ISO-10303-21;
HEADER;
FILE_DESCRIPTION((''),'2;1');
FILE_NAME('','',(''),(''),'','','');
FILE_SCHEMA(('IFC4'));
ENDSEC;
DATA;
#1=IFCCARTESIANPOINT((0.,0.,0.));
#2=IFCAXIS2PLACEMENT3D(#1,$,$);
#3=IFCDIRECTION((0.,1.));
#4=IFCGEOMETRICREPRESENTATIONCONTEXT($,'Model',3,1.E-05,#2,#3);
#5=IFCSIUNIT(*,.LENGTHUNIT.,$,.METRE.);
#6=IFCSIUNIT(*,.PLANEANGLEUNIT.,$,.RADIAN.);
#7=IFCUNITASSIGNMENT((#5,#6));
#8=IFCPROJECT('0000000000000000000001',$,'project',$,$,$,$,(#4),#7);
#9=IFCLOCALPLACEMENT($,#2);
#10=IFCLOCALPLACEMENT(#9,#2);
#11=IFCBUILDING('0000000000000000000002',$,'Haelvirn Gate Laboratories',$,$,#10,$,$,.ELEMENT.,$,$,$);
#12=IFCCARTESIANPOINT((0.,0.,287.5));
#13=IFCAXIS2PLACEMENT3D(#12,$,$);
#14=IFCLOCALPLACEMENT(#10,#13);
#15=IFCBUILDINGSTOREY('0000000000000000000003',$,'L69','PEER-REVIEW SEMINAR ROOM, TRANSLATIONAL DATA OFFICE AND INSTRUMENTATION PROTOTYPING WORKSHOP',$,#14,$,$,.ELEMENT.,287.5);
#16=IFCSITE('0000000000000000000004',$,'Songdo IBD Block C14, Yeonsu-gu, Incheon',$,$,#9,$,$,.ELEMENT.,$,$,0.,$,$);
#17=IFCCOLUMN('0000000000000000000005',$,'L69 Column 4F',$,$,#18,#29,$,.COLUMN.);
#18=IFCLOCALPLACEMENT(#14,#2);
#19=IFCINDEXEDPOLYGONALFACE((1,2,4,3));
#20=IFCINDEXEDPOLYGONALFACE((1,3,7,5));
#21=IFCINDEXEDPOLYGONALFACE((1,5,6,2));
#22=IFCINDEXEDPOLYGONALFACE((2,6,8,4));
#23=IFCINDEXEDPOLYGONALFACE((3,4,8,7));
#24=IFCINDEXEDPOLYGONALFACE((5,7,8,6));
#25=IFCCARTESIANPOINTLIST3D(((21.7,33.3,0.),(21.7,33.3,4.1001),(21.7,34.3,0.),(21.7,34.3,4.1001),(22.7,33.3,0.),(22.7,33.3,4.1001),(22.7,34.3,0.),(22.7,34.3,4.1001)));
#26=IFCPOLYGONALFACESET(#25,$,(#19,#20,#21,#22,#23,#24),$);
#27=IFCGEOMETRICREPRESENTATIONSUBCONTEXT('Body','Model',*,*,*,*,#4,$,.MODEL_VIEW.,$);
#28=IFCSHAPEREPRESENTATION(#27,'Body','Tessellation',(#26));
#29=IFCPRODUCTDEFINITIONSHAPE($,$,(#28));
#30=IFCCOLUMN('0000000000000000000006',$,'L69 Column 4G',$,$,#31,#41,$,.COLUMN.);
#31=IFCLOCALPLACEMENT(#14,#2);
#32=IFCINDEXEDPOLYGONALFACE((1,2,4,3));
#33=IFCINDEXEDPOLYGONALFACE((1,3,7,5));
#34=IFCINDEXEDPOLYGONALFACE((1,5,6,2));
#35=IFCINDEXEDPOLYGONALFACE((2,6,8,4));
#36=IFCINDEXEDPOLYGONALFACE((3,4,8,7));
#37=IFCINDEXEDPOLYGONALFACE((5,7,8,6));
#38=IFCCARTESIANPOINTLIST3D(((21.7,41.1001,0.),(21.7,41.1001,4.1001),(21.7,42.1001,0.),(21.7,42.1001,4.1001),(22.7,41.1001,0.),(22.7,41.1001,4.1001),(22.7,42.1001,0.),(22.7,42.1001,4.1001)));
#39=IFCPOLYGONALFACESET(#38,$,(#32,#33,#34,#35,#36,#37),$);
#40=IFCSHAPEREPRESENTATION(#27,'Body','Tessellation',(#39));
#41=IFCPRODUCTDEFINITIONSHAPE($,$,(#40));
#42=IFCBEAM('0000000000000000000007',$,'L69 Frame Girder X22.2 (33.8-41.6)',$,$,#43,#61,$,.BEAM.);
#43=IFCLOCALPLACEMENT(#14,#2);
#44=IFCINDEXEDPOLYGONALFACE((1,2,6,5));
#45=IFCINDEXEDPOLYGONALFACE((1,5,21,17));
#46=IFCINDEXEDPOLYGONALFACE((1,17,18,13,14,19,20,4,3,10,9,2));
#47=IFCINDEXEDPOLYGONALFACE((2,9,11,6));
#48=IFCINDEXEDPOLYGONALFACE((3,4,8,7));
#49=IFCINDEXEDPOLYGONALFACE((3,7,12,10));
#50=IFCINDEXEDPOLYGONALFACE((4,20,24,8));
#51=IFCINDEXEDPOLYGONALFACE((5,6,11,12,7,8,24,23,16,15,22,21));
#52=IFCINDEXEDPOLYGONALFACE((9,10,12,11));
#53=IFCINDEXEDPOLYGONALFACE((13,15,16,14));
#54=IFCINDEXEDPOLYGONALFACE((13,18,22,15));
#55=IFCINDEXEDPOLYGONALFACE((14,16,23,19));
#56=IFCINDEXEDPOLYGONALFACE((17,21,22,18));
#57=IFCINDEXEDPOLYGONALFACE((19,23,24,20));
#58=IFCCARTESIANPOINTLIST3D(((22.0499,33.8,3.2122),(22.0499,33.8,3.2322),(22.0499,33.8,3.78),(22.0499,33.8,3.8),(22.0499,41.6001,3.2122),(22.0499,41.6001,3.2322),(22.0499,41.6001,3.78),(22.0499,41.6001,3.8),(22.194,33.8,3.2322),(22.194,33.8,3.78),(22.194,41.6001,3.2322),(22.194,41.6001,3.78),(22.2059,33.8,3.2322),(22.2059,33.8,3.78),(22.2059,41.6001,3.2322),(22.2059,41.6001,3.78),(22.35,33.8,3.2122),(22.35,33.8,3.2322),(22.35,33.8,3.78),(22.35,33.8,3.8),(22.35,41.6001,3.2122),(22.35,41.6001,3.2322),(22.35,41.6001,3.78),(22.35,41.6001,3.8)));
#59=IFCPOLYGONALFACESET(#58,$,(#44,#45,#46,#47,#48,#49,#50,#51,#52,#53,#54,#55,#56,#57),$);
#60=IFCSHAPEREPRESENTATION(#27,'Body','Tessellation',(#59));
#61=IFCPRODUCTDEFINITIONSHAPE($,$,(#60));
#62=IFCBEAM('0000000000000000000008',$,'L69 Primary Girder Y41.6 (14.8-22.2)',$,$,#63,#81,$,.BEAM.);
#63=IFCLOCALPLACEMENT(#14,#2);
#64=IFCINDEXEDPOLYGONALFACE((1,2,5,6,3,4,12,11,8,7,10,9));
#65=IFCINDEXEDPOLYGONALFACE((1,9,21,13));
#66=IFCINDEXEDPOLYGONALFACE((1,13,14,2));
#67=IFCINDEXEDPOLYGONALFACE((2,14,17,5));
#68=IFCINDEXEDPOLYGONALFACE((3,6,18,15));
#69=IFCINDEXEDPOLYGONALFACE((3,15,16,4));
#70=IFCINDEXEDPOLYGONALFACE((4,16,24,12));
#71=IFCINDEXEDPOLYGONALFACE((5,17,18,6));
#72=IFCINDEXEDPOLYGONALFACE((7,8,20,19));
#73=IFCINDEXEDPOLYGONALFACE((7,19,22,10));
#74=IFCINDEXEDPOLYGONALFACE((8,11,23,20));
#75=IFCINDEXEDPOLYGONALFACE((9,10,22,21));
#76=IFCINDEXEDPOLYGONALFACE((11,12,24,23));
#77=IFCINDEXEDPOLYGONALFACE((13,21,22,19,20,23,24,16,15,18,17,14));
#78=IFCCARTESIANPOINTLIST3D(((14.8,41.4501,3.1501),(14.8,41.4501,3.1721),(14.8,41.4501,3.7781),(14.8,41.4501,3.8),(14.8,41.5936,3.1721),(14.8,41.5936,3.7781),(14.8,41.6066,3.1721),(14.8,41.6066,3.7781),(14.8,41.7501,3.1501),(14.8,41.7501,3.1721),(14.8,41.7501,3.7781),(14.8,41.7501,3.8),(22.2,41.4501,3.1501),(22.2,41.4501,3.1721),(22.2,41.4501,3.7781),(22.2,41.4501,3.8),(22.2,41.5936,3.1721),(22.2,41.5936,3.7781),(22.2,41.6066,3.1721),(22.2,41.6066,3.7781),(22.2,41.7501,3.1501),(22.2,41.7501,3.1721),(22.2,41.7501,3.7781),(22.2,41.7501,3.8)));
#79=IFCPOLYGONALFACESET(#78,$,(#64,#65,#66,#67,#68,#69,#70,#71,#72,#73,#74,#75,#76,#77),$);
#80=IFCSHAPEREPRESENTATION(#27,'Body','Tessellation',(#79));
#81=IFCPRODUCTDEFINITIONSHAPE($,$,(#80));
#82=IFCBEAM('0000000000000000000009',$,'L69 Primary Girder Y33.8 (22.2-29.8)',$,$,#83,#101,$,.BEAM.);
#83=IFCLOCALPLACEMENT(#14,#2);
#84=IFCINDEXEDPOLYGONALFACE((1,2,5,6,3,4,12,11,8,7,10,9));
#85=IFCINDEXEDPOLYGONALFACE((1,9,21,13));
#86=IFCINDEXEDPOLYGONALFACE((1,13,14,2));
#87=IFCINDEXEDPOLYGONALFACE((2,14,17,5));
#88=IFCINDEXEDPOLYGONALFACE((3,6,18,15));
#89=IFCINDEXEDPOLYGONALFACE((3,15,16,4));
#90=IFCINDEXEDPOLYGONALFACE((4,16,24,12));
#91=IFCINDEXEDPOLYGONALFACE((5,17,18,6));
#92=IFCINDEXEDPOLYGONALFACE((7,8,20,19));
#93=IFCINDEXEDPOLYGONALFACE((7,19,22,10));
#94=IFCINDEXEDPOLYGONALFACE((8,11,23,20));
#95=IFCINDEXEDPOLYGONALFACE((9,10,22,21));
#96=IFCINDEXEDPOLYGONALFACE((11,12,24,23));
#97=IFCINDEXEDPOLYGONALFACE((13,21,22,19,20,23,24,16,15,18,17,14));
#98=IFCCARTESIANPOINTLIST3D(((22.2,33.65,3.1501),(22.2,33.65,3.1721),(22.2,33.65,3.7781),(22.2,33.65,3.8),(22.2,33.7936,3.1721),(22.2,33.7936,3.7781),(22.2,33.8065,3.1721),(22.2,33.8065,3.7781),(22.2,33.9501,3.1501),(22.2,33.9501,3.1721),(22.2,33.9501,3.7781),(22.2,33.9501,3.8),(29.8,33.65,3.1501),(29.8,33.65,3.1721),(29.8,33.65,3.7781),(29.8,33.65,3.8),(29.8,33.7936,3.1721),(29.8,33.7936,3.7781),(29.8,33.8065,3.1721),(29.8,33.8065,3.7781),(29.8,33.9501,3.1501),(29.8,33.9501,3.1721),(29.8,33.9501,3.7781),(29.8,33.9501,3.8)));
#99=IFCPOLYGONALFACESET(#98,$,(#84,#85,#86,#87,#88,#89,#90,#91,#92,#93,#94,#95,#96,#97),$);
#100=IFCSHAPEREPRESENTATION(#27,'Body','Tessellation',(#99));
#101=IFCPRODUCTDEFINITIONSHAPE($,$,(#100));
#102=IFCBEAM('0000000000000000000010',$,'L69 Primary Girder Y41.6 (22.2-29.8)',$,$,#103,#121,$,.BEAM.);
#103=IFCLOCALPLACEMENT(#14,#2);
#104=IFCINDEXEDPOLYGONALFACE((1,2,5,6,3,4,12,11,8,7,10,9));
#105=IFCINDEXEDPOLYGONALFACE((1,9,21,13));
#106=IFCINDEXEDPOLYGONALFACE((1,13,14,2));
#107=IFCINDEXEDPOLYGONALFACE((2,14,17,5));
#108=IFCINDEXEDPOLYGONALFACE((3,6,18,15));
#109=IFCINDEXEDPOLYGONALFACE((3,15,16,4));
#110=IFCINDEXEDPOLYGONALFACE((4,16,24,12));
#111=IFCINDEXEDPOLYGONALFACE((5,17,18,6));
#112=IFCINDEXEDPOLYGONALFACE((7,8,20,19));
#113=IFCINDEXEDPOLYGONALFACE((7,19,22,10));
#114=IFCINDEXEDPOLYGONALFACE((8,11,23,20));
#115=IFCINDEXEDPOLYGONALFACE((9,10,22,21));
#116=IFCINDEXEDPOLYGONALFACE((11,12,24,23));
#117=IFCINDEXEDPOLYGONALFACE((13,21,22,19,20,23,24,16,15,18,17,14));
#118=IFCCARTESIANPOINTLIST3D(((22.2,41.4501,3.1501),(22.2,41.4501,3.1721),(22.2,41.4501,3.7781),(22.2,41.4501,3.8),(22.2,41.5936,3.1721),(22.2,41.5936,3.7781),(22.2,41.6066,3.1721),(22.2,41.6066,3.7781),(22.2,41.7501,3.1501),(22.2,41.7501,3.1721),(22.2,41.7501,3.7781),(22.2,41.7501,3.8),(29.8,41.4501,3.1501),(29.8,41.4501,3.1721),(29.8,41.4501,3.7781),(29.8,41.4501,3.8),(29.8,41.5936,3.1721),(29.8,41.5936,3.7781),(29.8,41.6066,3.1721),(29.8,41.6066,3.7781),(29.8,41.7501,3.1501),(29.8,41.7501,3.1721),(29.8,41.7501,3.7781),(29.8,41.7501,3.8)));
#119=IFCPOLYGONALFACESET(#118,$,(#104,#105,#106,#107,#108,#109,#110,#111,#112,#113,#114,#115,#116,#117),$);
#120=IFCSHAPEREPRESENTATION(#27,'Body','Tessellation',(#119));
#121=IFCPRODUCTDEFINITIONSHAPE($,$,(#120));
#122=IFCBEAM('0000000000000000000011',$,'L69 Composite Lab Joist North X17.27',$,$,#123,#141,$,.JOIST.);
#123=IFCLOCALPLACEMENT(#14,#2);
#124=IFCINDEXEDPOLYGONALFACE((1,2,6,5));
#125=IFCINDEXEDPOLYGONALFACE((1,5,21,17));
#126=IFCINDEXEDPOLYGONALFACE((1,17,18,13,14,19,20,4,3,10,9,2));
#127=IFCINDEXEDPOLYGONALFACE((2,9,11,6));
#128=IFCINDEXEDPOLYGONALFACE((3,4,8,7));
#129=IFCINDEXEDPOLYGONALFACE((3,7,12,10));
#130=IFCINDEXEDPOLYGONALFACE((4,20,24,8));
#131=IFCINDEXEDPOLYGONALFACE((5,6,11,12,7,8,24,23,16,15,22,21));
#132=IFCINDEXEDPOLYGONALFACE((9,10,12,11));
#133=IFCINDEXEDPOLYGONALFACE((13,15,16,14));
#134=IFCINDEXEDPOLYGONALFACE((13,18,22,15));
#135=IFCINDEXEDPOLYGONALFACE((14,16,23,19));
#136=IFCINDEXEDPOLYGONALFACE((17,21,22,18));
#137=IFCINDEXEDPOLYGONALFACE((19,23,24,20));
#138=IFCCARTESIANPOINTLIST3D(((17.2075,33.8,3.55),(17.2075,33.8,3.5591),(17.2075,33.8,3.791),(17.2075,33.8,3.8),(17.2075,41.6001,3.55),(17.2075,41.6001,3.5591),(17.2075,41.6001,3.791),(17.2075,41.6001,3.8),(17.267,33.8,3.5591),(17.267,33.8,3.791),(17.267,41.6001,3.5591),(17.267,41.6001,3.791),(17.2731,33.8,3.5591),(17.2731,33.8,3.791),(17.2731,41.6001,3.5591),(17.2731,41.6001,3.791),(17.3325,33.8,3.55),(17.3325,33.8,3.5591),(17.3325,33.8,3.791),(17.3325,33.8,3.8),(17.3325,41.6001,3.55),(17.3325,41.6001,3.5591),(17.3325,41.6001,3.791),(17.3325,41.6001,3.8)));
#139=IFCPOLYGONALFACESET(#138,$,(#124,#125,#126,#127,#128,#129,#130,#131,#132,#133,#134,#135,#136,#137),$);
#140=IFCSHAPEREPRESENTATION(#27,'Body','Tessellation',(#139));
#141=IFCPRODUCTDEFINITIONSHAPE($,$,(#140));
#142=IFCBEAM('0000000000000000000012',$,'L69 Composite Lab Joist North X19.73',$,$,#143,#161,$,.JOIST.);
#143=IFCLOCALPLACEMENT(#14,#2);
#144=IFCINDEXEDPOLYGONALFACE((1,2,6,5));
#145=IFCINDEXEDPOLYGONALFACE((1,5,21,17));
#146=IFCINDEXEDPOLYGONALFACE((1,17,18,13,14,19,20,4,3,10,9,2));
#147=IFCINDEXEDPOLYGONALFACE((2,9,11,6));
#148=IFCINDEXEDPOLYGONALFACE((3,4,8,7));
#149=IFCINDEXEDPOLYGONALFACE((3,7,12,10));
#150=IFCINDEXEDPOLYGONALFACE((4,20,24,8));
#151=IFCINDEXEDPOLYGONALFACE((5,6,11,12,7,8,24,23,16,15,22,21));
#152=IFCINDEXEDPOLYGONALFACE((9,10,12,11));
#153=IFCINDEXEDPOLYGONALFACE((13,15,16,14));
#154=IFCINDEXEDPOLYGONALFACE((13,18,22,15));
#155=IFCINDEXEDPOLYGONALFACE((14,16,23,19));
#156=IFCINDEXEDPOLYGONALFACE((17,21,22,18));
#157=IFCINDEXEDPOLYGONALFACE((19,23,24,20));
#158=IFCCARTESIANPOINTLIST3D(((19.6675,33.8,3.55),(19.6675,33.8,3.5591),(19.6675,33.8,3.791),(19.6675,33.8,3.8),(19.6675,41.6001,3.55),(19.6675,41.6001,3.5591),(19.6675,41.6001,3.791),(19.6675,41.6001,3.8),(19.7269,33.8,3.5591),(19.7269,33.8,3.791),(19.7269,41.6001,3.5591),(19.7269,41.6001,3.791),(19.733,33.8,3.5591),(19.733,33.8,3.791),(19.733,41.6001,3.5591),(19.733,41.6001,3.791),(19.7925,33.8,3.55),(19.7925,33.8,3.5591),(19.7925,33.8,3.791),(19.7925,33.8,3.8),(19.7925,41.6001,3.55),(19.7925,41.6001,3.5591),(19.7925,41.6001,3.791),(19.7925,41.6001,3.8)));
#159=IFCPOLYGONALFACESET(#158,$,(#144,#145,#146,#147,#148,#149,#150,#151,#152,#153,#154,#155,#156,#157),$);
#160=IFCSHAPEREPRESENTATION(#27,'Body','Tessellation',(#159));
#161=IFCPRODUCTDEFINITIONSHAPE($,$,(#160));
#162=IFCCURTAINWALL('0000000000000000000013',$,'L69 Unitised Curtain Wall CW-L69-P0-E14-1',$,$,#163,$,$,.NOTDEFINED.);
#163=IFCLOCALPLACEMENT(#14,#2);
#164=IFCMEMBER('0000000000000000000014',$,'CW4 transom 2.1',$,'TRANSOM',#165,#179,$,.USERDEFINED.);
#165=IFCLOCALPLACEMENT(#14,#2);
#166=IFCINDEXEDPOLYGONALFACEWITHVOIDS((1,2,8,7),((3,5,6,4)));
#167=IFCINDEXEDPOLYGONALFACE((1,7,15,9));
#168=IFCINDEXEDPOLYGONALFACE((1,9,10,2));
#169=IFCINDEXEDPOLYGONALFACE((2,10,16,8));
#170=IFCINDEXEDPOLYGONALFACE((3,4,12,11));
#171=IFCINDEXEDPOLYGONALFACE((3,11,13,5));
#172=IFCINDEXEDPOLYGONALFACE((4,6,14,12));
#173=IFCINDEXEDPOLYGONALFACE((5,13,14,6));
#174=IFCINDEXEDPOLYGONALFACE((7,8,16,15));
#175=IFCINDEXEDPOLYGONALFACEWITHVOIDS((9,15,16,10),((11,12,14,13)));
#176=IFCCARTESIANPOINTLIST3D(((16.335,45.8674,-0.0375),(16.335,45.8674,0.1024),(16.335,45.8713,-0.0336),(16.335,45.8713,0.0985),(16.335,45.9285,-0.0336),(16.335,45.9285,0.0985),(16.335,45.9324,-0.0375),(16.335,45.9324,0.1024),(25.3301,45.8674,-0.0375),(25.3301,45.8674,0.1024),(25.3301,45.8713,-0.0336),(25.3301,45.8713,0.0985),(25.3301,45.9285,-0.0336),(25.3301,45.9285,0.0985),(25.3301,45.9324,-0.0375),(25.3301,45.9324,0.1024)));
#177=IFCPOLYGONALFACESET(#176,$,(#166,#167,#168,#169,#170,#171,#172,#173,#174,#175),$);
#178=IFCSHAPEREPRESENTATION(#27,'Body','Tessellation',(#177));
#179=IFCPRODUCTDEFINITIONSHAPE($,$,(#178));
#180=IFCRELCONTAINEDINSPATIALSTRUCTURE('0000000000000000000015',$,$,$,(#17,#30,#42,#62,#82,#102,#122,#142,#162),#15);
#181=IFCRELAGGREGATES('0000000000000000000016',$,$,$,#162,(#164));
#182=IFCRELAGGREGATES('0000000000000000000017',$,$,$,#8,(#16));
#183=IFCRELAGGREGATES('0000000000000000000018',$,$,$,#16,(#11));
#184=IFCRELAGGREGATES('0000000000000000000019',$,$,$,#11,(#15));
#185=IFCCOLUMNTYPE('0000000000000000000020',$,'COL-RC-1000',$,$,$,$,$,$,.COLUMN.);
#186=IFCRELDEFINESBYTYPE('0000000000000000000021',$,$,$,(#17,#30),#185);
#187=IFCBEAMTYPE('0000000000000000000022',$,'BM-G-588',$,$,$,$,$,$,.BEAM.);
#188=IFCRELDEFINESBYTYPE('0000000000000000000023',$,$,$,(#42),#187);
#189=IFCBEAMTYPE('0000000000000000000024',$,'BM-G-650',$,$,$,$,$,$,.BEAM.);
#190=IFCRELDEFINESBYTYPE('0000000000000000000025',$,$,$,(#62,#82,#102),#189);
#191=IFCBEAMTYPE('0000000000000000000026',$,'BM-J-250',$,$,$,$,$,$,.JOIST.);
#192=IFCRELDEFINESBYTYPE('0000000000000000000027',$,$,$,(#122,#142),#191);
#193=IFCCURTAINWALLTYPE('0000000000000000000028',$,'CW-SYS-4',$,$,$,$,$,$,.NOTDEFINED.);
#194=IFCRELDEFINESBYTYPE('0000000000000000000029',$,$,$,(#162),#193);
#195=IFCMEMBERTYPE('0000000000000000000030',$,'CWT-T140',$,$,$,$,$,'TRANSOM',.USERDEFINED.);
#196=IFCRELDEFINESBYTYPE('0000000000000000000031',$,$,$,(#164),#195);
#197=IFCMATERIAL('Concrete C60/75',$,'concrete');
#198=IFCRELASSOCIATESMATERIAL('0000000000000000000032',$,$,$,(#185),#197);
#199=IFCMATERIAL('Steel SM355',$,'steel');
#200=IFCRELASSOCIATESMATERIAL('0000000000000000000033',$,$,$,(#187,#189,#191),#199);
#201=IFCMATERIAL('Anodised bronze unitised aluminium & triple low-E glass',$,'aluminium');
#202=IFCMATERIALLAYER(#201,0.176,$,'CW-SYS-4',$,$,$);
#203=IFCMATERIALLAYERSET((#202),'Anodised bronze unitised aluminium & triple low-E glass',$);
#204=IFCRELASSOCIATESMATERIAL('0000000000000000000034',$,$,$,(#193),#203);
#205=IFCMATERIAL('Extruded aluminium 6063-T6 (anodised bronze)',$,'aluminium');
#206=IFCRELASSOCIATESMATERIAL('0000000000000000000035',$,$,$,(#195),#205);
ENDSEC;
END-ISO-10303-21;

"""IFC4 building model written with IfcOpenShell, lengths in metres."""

from ifc_helpers import new_model, si_unit, direction, frame, origin, origin_2d, place, context, subcontext, project, spatial, rectangle, hollow_rectangle, i_section, extrude, source, transform, mapped, material, layer, layer_set, material_profile, profile_set, type_object, type_shapes, element, aggregate, save


model = new_model("IFC4")

# Units and contexts
model_context = context("Model", 3, precision=1e-05, world=origin(), true_north=direction((0.0, 1.0)))
body_context = subcontext(model_context, "Body", "Model", "MODEL_VIEW")
ifc_project = project(units=[si_unit("LENGTHUNIT", "METRE"), si_unit("PLANEANGLEUNIT", "RADIAN")], contexts=[model_context])

# Site, building, storey
site_placement = place(None, origin())
site = spatial("IfcSite", under=ifc_project, at=site_placement, Name="Songdo IBD Block C14, Yeonsu-gu, Incheon", CompositionType="ELEMENT", RefElevation=0.0)
building_placement = place(site_placement, origin())
building = spatial("IfcBuilding", under=site, at=building_placement, Name="Haelvirn Gate Laboratories", CompositionType="ELEMENT")
storey_placement = place(building_placement, frame((0.0, 0.0, 287.5)))
storey = spatial("IfcBuildingStorey", under=building, at=storey_placement, Name="L69", Description="PEER-REVIEW SEMINAR ROOM, TRANSLATIONAL DATA OFFICE AND INSTRUMENTATION PROTOTYPING WORKSHOP", CompositionType="ELEMENT", Elevation=287.5)

# Columns
ifc_material_1 = material(Name="Concrete C60/75", Category="concrete")
ifc_material_profile_1 = material_profile(ifc_material_1, rectangle(XDim=1.0, YDim=1.0, at=origin_2d()), Name="RC-1000x1000")
ifc_profile_set_1 = profile_set([ifc_material_profile_1], Name="Concrete C60/75")
column_type = type_object("IfcColumnType", Name="COL-RC-1000", PredefinedType="COLUMN", material=ifc_profile_set_1)
shared_shape_1 = source(origin(), body_context, "Body", "SweptSolid", [
    extrude(rectangle(XDim=1.0, YDim=1.0, at=origin_2d()), origin(), (0.0, 0.0, 1.0), 4.1001),
])
type_shapes(column_type, [shared_shape_1])
for number, where, z_axis, x_axis, name in (
    (1, (22.2, 33.8, 0.0), (0.0, 0.0, 1.0), (1.0, 0.0, 0.0), "L69 Column 4F"),
    (2, (22.2, 41.6001, 0.0), (0.0, 0.0, 1.0), (1.0, 0.0, 0.0), "L69 Column 4G"),
):
    element("IfcColumn", number, at=place(storey_placement, frame(where, z_axis=z_axis, x_axis=x_axis)), inside=storey, type_object=column_type, Name=name, PredefinedType="COLUMN", context=body_context, shape_type="MappedRepresentation", body=[
        mapped(shared_shape_1, transform((0.0, 0.0, 0.0), scale=1.0)),
    ])

# Beams
ifc_material_2 = material(Name="Steel SM355", Category="steel")
ifc_material_profile_2 = material_profile(ifc_material_2, i_section(OverallWidth=0.3, OverallDepth=0.5879, WebThickness=0.012, FlangeThickness=0.02, at=origin_2d()), Name="H-588x300x12x20")
ifc_profile_set_2 = profile_set([ifc_material_profile_2], Name="Steel SM355")
beam_type_1 = type_object("IfcBeamType", Name="BM-G-588", PredefinedType="BEAM", material=ifc_profile_set_2)
shared_shape_2 = source(origin(), body_context, "Body", "SweptSolid", [
    extrude(i_section(OverallWidth=0.3, OverallDepth=0.5879, WebThickness=0.012, FlangeThickness=0.02, at=origin_2d()), origin(), (0.0, 0.0, 1.0), 7.8),
])
type_shapes(beam_type_1, [shared_shape_2])
beam_1_placement = place(storey_placement, frame((22.2, 33.8, 3.5061), z_axis=(0.0, 1.0, 0.0), x_axis=(-1.0, 0.0, 0.0)))
element("IfcBeam", 3, at=beam_1_placement, inside=storey, type_object=beam_type_1, Name="L69 Frame Girder X22.2 (33.8-41.6)", PredefinedType="BEAM", context=body_context, shape_type="MappedRepresentation", body=[
    mapped(shared_shape_2, transform((0.0, 0.0, 0.0), scale=1.0)),
])
ifc_material_profile_3 = material_profile(ifc_material_2, i_section(OverallWidth=0.3, OverallDepth=0.6499, WebThickness=0.0129, FlangeThickness=0.022, at=origin_2d()), Name="H-650x300x13x22")
ifc_profile_set_3 = profile_set([ifc_material_profile_3], Name="Steel SM355")
beam_type_2 = type_object("IfcBeamType", Name="BM-G-650", PredefinedType="BEAM", material=ifc_profile_set_3)
shared_shape_3 = source(origin(), body_context, "Body", "SweptSolid", [
    extrude(i_section(OverallWidth=0.3, OverallDepth=0.6499, WebThickness=0.0129, FlangeThickness=0.022, at=origin_2d()), origin(), (0.0, 0.0, 1.0), 7.3999),
])
beam_2_placement = place(storey_placement, frame((14.8, 41.6001, 3.4751), z_axis=(1.0, 0.0, 0.0), x_axis=(0.0, 1.0, 0.0)))
element("IfcBeam", 4, at=beam_2_placement, inside=storey, type_object=beam_type_2, Name="L69 Primary Girder Y41.6 (14.8-22.2)", PredefinedType="BEAM", context=body_context, shape_type="MappedRepresentation", body=[
    mapped(shared_shape_3, transform((0.0, 0.0, 0.0), scale=1.0)),
])
shared_shape_4 = source(origin(), body_context, "Body", "SweptSolid", [
    extrude(i_section(OverallWidth=0.3, OverallDepth=0.6499, WebThickness=0.0129, FlangeThickness=0.022, at=origin_2d()), origin(), (0.0, 0.0, 1.0), 7.6001),
])
type_shapes(beam_type_2, [shared_shape_3, shared_shape_4])
for number, where, z_axis, x_axis, name in (
    (5, (22.2, 33.8, 3.4751), (1.0, 0.0, 0.0), (0.0, 1.0, 0.0), "L69 Primary Girder Y33.8 (22.2-29.8)"),
    (6, (22.2, 41.6001, 3.4751), (1.0, 0.0, 0.0), (0.0, 1.0, 0.0), "L69 Primary Girder Y41.6 (22.2-29.8)"),
):
    element("IfcBeam", number, at=place(storey_placement, frame(where, z_axis=z_axis, x_axis=x_axis)), inside=storey, type_object=beam_type_2, Name=name, PredefinedType="BEAM", context=body_context, shape_type="MappedRepresentation", body=[
        mapped(shared_shape_4, transform((0.0, 0.0, 0.0), scale=1.0)),
    ])
ifc_material_profile_4 = material_profile(ifc_material_2, i_section(OverallWidth=0.125, OverallDepth=0.25, WebThickness=0.0061, FlangeThickness=0.009, at=origin_2d()), Name="H-250x125x6x9")
ifc_profile_set_4 = profile_set([ifc_material_profile_4], Name="Steel SM355")
beam_type_3 = type_object("IfcBeamType", Name="BM-J-250", PredefinedType="JOIST", material=ifc_profile_set_4)
shared_shape_5 = source(origin(), body_context, "Body", "SweptSolid", [
    extrude(i_section(OverallWidth=0.125, OverallDepth=0.25, WebThickness=0.0061, FlangeThickness=0.009, at=origin_2d()), origin(), (0.0, 0.0, 1.0), 7.8),
])
type_shapes(beam_type_3, [shared_shape_5])
for number, where, z_axis, x_axis, name in (
    (7, (17.27, 33.8, 3.675), (0.0, 1.0, 0.0), (-1.0, 0.0, 0.0), "L69 Composite Lab Joist North X17.27"),
    (8, (19.73, 33.8, 3.675), (0.0, 1.0, 0.0), (-1.0, 0.0, 0.0), "L69 Composite Lab Joist North X19.73"),
):
    element("IfcBeam", number, at=place(storey_placement, frame(where, z_axis=z_axis, x_axis=x_axis)), inside=storey, type_object=beam_type_3, Name=name, PredefinedType="JOIST", context=body_context, shape_type="MappedRepresentation", body=[
        mapped(shared_shape_5, transform((0.0, 0.0, 0.0), scale=1.0)),
    ])

# Curtain wall, member
ifc_material_3 = material(Name="Anodised bronze unitised aluminium & triple low-E glass", Category="aluminium")
ifc_layer_1 = layer(ifc_material_3, 0.176, Name="CW-SYS-4")
ifc_layer_set_1 = layer_set([ifc_layer_1], Name="Anodised bronze unitised aluminium & triple low-E glass")
curtain_wall_type = type_object("IfcCurtainWallType", Name="CW-SYS-4", PredefinedType="NOTDEFINED", material=ifc_layer_set_1)
curtain_wall_placement = place(storey_placement, origin())
curtain_wall = element("IfcCurtainWall", 9, at=curtain_wall_placement, inside=storey, type_object=curtain_wall_type, Name="L69 Unitised Curtain Wall CW-L69-P0-E14-1", PredefinedType="NOTDEFINED")
ifc_material_4 = material(Name="Extruded aluminium 6063-T6 (anodised bronze)", Category="aluminium")
ifc_material_profile_5 = material_profile(ifc_material_4, hollow_rectangle(XDim=0.0649, YDim=0.1399, WallThickness=0.0039, at=origin_2d()), Name="CWT-140x65x4")
ifc_profile_set_5 = profile_set([ifc_material_profile_5], Name="Extruded aluminium 6063-T6 (anodised bronze)")
member_type_1 = type_object("IfcMemberType", Name="CWT-T140", ElementType="TRANSOM", PredefinedType="USERDEFINED", material=ifc_profile_set_5)
shared_shape_6 = source(origin(), body_context, "Body", "SweptSolid", [
    extrude(hollow_rectangle(XDim=0.0649, YDim=0.1399, WallThickness=0.0039, at=origin_2d()), origin(), (0.0, 0.0, 1.0), 8.9951),
])
type_shapes(member_type_1, [shared_shape_6])
member_1_placement = place(storey_placement, frame((16.335, 45.8999, 0.0325), z_axis=(1.0, 0.0, 0.0), x_axis=(0.0, 1.0, 0.0)))
member_1 = element("IfcMember", 10, at=member_1_placement, type_object=member_type_1, Name="CW4 transom 2.1", ObjectType="TRANSOM", PredefinedType="USERDEFINED", context=body_context, shape_type="MappedRepresentation", body=[
    mapped(shared_shape_6, transform((0.0, 0.0, 0.0), scale=1.0)),
])
aggregate(curtain_wall, [member_1])

save(model, "model.ifc")
